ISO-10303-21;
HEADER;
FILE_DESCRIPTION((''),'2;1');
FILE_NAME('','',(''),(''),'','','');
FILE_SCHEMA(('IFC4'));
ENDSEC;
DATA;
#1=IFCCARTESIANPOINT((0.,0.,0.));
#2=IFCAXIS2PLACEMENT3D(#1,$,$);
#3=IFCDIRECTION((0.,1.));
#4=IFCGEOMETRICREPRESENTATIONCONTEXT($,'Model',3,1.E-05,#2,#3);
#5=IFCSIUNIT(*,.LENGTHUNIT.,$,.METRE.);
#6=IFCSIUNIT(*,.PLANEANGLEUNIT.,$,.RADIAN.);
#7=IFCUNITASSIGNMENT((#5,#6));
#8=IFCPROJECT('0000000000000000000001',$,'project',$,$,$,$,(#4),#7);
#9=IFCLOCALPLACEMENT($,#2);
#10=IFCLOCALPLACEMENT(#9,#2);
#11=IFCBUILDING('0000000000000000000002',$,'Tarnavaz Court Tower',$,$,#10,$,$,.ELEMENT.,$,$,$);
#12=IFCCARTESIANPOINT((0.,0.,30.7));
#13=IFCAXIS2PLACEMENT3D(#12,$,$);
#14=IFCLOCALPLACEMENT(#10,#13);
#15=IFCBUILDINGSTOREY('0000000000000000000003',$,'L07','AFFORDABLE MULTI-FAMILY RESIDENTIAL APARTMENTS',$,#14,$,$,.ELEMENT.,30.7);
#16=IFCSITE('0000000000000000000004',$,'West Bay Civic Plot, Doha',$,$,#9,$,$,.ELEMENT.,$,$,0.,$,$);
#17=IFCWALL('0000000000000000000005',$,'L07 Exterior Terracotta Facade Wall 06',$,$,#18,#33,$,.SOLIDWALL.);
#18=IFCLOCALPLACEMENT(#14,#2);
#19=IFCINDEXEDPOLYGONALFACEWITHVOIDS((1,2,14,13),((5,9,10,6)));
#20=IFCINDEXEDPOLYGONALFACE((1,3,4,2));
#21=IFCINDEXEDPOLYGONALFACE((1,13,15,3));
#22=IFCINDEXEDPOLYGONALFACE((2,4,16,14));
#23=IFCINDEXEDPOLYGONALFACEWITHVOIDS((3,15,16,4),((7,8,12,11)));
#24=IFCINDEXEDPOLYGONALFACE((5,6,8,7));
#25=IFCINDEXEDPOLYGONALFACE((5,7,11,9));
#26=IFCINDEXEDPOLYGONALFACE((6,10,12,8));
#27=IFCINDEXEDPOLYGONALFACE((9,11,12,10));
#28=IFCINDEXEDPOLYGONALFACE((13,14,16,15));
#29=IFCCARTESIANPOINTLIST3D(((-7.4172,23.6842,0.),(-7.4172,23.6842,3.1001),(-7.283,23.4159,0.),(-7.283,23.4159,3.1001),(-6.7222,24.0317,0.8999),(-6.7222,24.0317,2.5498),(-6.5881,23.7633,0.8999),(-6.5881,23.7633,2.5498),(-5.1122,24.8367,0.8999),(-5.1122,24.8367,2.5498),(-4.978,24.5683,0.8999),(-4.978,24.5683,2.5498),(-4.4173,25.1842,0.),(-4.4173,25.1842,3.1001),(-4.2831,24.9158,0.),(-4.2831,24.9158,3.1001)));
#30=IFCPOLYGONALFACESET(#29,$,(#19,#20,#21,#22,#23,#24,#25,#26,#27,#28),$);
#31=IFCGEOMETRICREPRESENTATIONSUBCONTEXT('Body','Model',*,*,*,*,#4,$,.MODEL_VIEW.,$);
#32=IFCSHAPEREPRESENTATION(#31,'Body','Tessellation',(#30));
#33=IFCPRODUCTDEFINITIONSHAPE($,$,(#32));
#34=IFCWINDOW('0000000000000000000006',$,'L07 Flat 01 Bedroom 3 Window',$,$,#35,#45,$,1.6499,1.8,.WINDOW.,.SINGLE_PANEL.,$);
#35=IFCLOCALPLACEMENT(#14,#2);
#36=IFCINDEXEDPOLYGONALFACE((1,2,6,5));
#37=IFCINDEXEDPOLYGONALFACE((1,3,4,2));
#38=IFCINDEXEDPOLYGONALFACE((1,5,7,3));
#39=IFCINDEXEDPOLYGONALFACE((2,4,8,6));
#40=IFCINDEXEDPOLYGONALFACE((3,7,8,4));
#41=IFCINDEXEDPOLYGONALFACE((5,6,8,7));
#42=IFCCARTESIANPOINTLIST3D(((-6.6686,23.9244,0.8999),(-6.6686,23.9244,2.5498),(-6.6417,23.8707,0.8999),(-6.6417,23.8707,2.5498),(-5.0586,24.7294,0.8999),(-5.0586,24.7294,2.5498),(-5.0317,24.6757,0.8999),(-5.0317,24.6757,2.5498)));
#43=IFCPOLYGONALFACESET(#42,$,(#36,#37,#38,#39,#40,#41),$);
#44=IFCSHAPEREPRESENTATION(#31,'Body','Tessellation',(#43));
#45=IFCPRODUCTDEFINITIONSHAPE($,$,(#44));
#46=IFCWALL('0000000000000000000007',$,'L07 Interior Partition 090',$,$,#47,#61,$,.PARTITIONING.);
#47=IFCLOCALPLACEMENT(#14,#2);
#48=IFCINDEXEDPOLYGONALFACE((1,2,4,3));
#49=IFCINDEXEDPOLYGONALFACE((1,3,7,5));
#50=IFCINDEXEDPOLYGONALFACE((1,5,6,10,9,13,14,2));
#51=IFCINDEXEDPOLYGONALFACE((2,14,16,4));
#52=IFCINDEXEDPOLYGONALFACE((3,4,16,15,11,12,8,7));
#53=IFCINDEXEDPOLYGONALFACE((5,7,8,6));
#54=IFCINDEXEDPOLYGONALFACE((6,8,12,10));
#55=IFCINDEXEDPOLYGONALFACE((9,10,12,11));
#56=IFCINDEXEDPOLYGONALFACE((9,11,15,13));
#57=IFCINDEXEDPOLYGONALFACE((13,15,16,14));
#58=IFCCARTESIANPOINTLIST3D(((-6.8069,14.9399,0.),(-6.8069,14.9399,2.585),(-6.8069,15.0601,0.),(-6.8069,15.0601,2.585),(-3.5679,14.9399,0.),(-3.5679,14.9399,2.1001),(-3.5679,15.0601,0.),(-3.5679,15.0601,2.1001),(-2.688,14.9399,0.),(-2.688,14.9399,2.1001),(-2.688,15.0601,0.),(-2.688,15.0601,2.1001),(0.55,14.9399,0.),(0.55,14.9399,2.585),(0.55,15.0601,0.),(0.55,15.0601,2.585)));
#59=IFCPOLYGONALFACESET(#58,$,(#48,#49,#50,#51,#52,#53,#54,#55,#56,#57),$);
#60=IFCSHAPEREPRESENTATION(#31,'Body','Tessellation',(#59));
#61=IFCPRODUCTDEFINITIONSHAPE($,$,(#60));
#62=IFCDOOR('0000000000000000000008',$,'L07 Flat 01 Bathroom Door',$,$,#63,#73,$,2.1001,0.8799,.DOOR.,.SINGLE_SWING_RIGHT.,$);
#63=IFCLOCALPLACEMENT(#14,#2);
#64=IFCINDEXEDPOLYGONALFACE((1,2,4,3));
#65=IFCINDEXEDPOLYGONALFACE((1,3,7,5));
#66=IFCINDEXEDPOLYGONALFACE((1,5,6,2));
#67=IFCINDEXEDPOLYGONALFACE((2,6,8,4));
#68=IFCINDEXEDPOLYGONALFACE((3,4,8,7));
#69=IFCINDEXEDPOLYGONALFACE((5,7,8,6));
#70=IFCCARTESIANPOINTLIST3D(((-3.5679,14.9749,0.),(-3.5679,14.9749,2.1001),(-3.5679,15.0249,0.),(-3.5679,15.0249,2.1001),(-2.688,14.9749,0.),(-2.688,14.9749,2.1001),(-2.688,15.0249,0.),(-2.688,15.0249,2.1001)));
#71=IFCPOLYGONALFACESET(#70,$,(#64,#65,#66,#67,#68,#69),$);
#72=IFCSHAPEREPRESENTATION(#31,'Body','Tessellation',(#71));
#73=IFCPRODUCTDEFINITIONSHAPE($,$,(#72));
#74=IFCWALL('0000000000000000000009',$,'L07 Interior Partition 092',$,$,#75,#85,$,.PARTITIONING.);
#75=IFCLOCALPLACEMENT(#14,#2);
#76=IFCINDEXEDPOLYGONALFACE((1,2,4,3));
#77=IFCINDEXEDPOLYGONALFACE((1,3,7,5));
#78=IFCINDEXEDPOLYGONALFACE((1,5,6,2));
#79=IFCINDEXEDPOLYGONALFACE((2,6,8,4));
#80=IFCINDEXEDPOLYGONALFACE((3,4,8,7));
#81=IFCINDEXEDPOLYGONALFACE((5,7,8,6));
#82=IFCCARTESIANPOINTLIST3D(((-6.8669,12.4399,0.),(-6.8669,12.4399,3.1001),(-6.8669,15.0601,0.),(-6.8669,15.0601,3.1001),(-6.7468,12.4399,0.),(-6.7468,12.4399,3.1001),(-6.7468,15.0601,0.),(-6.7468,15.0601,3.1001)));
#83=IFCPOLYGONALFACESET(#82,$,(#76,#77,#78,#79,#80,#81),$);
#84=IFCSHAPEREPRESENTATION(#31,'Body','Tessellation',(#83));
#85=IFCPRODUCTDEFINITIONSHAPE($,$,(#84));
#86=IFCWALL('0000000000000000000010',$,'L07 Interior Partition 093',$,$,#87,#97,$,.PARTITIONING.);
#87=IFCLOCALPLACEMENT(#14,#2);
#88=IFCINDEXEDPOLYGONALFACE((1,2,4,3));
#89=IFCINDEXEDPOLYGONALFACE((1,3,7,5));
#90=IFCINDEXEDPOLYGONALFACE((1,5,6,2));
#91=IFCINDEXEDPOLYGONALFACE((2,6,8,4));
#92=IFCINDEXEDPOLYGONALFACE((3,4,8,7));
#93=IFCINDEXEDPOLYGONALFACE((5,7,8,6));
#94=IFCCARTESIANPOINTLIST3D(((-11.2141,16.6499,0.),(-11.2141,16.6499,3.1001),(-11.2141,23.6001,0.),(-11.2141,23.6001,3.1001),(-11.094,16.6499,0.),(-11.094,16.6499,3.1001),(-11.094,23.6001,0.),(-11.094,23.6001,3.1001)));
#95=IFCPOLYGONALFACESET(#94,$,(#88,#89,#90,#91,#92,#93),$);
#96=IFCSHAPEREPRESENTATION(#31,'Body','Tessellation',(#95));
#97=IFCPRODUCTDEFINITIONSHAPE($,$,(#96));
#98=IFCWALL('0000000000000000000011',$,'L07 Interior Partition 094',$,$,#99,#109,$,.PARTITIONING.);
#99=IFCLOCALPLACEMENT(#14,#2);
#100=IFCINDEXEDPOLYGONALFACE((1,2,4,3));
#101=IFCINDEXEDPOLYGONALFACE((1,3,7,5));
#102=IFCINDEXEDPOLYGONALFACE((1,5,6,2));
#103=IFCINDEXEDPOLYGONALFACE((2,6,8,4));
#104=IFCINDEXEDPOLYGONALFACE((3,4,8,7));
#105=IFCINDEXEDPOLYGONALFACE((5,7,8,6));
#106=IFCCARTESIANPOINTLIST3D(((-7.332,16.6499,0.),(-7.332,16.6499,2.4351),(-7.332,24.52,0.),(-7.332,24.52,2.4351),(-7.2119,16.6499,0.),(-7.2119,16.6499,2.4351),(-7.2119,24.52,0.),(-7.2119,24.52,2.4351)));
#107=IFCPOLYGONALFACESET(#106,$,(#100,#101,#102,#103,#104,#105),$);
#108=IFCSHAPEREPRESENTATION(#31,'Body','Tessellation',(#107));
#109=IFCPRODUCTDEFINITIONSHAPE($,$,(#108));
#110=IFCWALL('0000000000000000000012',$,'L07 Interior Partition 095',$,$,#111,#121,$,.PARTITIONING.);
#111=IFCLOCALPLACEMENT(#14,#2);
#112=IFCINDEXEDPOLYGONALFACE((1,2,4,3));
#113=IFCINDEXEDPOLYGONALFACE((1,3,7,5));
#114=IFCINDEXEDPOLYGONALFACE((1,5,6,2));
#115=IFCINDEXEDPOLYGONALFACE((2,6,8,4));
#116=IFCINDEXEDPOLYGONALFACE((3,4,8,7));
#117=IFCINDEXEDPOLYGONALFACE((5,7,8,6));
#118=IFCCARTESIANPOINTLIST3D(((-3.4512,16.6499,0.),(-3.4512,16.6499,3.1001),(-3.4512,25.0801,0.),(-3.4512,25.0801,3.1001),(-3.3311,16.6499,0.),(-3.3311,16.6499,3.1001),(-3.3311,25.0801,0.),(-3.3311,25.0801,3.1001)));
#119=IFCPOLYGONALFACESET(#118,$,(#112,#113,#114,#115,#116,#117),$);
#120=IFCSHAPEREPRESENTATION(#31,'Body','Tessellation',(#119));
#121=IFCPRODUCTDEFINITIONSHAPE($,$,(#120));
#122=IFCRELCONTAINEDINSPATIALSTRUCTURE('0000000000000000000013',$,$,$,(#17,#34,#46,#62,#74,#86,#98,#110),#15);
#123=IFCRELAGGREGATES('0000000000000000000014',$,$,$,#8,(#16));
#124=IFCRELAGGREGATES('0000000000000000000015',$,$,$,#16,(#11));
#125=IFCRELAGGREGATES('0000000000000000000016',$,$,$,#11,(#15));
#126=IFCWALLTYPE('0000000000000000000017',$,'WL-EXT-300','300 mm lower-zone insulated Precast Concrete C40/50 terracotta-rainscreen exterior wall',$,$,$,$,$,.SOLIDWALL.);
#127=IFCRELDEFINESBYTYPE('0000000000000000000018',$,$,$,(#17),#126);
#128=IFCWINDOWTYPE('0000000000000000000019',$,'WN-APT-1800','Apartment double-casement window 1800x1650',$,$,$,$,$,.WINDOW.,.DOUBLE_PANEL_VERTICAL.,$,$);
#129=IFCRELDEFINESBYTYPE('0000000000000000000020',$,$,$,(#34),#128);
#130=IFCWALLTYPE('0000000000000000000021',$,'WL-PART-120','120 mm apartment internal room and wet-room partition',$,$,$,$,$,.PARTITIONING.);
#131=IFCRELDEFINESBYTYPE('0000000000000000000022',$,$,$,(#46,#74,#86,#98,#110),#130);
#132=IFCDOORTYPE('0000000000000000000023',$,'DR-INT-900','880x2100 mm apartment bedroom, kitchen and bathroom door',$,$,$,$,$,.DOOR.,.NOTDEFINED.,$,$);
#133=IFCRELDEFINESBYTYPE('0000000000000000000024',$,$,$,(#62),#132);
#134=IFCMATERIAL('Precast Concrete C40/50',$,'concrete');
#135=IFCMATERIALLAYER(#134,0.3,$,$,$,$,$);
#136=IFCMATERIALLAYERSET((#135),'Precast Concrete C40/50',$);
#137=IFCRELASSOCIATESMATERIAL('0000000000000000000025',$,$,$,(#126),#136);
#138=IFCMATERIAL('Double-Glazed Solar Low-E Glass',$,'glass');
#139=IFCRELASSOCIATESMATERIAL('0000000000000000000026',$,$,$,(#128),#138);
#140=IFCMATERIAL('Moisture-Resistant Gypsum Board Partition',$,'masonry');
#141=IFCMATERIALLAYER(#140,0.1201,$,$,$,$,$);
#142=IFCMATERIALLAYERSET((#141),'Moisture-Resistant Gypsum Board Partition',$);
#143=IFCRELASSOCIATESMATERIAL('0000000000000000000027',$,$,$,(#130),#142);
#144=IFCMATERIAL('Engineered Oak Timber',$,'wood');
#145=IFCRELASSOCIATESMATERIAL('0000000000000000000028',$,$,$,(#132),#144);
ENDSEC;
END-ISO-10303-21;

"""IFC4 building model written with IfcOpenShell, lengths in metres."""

from ifc_helpers import new_model, si_unit, direction, frame, frame_2d, origin, place, context, subcontext, project, spatial, rectangle, extrude, material, layer, layer_set, type_object, element, fill, save


model = new_model("IFC4")

# Units and contexts
model_context = context("Model", 3, precision=1e-05, world=origin(), true_north=direction((0.0, 1.0)))
body_context = subcontext(model_context, "Body", "Model", "MODEL_VIEW")
ifc_project = project(units=[si_unit("LENGTHUNIT", "METRE"), si_unit("PLANEANGLEUNIT", "RADIAN")], contexts=[model_context])

# Site, building, storey
site_placement = place(None, origin())
site = spatial("IfcSite", under=ifc_project, at=site_placement, Name="West Bay Civic Plot, Doha", CompositionType="ELEMENT", RefElevation=0.0)
building_placement = place(site_placement, origin())
building = spatial("IfcBuilding", under=site, at=building_placement, Name="Tarnavaz Court Tower", CompositionType="ELEMENT")
storey_placement = place(building_placement, frame((0.0, 0.0, 30.7)))
storey = spatial("IfcBuildingStorey", under=building, at=storey_placement, Name="L07", Description="AFFORDABLE MULTI-FAMILY RESIDENTIAL APARTMENTS", CompositionType="ELEMENT", Elevation=30.7)

# Shared definitions
ifc_material_1 = material(Name="Double-Glazed Solar Low-E Glass", Category="glass")

# Wall, opening, window
ifc_material_2 = material(Name="Precast Concrete C40/50", Category="concrete")
ifc_layer_1 = layer(ifc_material_2, 0.3)
ifc_layer_set_1 = layer_set([ifc_layer_1], Name="Precast Concrete C40/50")
wall_type_1 = type_object("IfcWallType", Name="WL-EXT-300", Description="300 mm lower-zone insulated Precast Concrete C40/50 terracotta-rainscreen exterior wall", PredefinedType="SOLIDWALL", material=ifc_layer_set_1)
wall_1_placement = place(storey_placement, frame((-7.3501, 23.55, 0.0), z_axis=(0.0, 0.0, 1.0), x_axis=(0.894427, 0.447214, 0.0)))
wall_1 = element("IfcWall", 1, at=wall_1_placement, inside=storey, type_object=wall_type_1, Name="L07 Exterior Terracotta Facade Wall 06", PredefinedType="SOLIDWALL", context=body_context, shape_type="SweptSolid", body=[
    extrude(rectangle(XDim=3.354, YDim=0.3, at=frame_2d((1.677, 0.0))), origin(), (0.0, 0.0, 1.0), 3.1001),
])
opening_1_placement = place(wall_1_placement, frame((0.7771, 0.0, 0.8999)))
opening_1 = element("IfcOpeningElement", 2, at=opening_1_placement, cuts=wall_1, PredefinedType="OPENING", context=body_context, shape_type="SweptSolid", body=[
    extrude(rectangle(XDim=1.8, YDim=1.6499, at=frame_2d((0.8999, 0.825))), frame((0.0, 0.1599, 0.0), z_axis=(0.0, -1.0, 0.0), x_axis=(1.0, 0.0, 0.0)), (0.0, 0.0, 1.0), 0.3201),
])
window_type = type_object("IfcWindowType", Name="WN-APT-1800", Description="Apartment double-casement window 1800x1650", PartitioningType="DOUBLE_PANEL_VERTICAL", PredefinedType="WINDOW", material=ifc_material_1)
window_placement = place(opening_1_placement, origin())
window = element("IfcWindow", 3, at=window_placement, inside=storey, type_object=window_type, Name="L07 Flat 01 Bedroom 3 Window", OverallHeight=1.6499, OverallWidth=1.8, PartitioningType="SINGLE_PANEL", PredefinedType="WINDOW", context=body_context, shape_type="SweptSolid", body=[
    extrude(rectangle(XDim=1.8, YDim=1.6499, at=frame_2d((0.8999, 0.825))), frame((0.0, 0.03, 0.0), z_axis=(0.0, -1.0, 0.0), x_axis=(1.0, 0.0, 0.0)), (0.0, 0.0, 1.0), 0.0601),
])
fill(opening_1, window)

# Wall, opening, door
ifc_material_3 = material(Name="Moisture-Resistant Gypsum Board Partition", Category="masonry")
ifc_layer_2 = layer(ifc_material_3, 0.1201)
ifc_layer_set_2 = layer_set([ifc_layer_2], Name="Moisture-Resistant Gypsum Board Partition")
wall_type_2 = type_object("IfcWallType", Name="WL-PART-120", Description="120 mm apartment internal room and wet-room partition", PredefinedType="PARTITIONING", material=ifc_layer_set_2)
wall_2_placement = place(storey_placement, frame((-6.8069, 15.0, 0.0), z_axis=(0.0, 0.0, 1.0), x_axis=(1.0, 0.0, 0.0)))
wall_2 = element("IfcWall", 4, at=wall_2_placement, inside=storey, type_object=wall_type_2, Name="L07 Interior Partition 090", PredefinedType="PARTITIONING", context=body_context, shape_type="SweptSolid", body=[
    extrude(rectangle(XDim=7.3569, YDim=0.1201, at=frame_2d((3.6785, 0.0))), origin(), (0.0, 0.0, 1.0), 2.585),
])
opening_2_placement = place(wall_2_placement, frame((3.239, 0.0, 0.0)))
opening_2 = element("IfcOpeningElement", 5, at=opening_2_placement, cuts=wall_2, PredefinedType="OPENING", context=body_context, shape_type="SweptSolid", body=[
    extrude(rectangle(XDim=0.8799, YDim=2.1001, at=frame_2d((0.4399, 1.05))), frame((0.0, 0.0701, 0.0), z_axis=(0.0, -1.0, 0.0), x_axis=(1.0, 0.0, 0.0)), (0.0, 0.0, 1.0), 0.1401),
])
ifc_material_4 = material(Name="Engineered Oak Timber", Category="wood")
door_type = type_object("IfcDoorType", Name="DR-INT-900", Description="880x2100 mm apartment bedroom, kitchen and bathroom door", OperationType="NOTDEFINED", PredefinedType="DOOR", material=ifc_material_4)
door_placement = place(opening_2_placement, origin())
door = element("IfcDoor", 6, at=door_placement, inside=storey, type_object=door_type, Name="L07 Flat 01 Bathroom Door", OperationType="SINGLE_SWING_RIGHT", OverallHeight=2.1001, OverallWidth=0.8799, PredefinedType="DOOR", context=body_context, shape_type="SweptSolid", body=[
    extrude(rectangle(XDim=0.8799, YDim=2.1001, at=frame_2d((0.4399, 1.05))), frame((0.0, 0.0249, 0.0), z_axis=(0.0, -1.0, 0.0), x_axis=(1.0, 0.0, 0.0)), (0.0, 0.0, 1.0), 0.05),
])
fill(opening_2, door)

# Walls
wall_3_placement = place(storey_placement, frame((-6.8069, 12.4399, 0.0), z_axis=(0.0, 0.0, 1.0), x_axis=(0.0, 1.0, 0.0)))
element("IfcWall", 7, at=wall_3_placement, inside=storey, type_object=wall_type_2, Name="L07 Interior Partition 092", PredefinedType="PARTITIONING", context=body_context, shape_type="SweptSolid", body=[
    extrude(rectangle(XDim=2.6201, YDim=0.1201, at=frame_2d((1.3101, 0.0))), origin(), (0.0, 0.0, 1.0), 3.1001),
])
wall_4_placement = place(storey_placement, frame((-11.1541, 16.6499, 0.0), z_axis=(0.0, 0.0, 1.0), x_axis=(0.0, 1.0, 0.0)))
element("IfcWall", 8, at=wall_4_placement, inside=storey, type_object=wall_type_2, Name="L07 Interior Partition 093", PredefinedType="PARTITIONING", context=body_context, shape_type="SweptSolid", body=[
    extrude(rectangle(XDim=6.9502, YDim=0.1201, at=frame_2d((3.4751, 0.0))), origin(), (0.0, 0.0, 1.0), 3.1001),
])
wall_5_placement = place(storey_placement, frame((-7.272, 16.6499, 0.0), z_axis=(0.0, 0.0, 1.0), x_axis=(0.0, 1.0, 0.0)))
element("IfcWall", 9, at=wall_5_placement, inside=storey, type_object=wall_type_2, Name="L07 Interior Partition 094", PredefinedType="PARTITIONING", context=body_context, shape_type="SweptSolid", body=[
    extrude(rectangle(XDim=7.8701, YDim=0.1201, at=frame_2d((3.9351, 0.0))), origin(), (0.0, 0.0, 1.0), 2.4351),
])
wall_6_placement = place(storey_placement, frame((-3.3911, 16.6499, 0.0), z_axis=(0.0, 0.0, 1.0), x_axis=(0.0, 1.0, 0.0)))
element("IfcWall", 10, at=wall_6_placement, inside=storey, type_object=wall_type_2, Name="L07 Interior Partition 095", PredefinedType="PARTITIONING", context=body_context, shape_type="SweptSolid", body=[
    extrude(rectangle(XDim=8.4302, YDim=0.1201, at=frame_2d((4.2151, 0.0))), origin(), (0.0, 0.0, 1.0), 3.1001),
])

save(model, "model.ifc")
